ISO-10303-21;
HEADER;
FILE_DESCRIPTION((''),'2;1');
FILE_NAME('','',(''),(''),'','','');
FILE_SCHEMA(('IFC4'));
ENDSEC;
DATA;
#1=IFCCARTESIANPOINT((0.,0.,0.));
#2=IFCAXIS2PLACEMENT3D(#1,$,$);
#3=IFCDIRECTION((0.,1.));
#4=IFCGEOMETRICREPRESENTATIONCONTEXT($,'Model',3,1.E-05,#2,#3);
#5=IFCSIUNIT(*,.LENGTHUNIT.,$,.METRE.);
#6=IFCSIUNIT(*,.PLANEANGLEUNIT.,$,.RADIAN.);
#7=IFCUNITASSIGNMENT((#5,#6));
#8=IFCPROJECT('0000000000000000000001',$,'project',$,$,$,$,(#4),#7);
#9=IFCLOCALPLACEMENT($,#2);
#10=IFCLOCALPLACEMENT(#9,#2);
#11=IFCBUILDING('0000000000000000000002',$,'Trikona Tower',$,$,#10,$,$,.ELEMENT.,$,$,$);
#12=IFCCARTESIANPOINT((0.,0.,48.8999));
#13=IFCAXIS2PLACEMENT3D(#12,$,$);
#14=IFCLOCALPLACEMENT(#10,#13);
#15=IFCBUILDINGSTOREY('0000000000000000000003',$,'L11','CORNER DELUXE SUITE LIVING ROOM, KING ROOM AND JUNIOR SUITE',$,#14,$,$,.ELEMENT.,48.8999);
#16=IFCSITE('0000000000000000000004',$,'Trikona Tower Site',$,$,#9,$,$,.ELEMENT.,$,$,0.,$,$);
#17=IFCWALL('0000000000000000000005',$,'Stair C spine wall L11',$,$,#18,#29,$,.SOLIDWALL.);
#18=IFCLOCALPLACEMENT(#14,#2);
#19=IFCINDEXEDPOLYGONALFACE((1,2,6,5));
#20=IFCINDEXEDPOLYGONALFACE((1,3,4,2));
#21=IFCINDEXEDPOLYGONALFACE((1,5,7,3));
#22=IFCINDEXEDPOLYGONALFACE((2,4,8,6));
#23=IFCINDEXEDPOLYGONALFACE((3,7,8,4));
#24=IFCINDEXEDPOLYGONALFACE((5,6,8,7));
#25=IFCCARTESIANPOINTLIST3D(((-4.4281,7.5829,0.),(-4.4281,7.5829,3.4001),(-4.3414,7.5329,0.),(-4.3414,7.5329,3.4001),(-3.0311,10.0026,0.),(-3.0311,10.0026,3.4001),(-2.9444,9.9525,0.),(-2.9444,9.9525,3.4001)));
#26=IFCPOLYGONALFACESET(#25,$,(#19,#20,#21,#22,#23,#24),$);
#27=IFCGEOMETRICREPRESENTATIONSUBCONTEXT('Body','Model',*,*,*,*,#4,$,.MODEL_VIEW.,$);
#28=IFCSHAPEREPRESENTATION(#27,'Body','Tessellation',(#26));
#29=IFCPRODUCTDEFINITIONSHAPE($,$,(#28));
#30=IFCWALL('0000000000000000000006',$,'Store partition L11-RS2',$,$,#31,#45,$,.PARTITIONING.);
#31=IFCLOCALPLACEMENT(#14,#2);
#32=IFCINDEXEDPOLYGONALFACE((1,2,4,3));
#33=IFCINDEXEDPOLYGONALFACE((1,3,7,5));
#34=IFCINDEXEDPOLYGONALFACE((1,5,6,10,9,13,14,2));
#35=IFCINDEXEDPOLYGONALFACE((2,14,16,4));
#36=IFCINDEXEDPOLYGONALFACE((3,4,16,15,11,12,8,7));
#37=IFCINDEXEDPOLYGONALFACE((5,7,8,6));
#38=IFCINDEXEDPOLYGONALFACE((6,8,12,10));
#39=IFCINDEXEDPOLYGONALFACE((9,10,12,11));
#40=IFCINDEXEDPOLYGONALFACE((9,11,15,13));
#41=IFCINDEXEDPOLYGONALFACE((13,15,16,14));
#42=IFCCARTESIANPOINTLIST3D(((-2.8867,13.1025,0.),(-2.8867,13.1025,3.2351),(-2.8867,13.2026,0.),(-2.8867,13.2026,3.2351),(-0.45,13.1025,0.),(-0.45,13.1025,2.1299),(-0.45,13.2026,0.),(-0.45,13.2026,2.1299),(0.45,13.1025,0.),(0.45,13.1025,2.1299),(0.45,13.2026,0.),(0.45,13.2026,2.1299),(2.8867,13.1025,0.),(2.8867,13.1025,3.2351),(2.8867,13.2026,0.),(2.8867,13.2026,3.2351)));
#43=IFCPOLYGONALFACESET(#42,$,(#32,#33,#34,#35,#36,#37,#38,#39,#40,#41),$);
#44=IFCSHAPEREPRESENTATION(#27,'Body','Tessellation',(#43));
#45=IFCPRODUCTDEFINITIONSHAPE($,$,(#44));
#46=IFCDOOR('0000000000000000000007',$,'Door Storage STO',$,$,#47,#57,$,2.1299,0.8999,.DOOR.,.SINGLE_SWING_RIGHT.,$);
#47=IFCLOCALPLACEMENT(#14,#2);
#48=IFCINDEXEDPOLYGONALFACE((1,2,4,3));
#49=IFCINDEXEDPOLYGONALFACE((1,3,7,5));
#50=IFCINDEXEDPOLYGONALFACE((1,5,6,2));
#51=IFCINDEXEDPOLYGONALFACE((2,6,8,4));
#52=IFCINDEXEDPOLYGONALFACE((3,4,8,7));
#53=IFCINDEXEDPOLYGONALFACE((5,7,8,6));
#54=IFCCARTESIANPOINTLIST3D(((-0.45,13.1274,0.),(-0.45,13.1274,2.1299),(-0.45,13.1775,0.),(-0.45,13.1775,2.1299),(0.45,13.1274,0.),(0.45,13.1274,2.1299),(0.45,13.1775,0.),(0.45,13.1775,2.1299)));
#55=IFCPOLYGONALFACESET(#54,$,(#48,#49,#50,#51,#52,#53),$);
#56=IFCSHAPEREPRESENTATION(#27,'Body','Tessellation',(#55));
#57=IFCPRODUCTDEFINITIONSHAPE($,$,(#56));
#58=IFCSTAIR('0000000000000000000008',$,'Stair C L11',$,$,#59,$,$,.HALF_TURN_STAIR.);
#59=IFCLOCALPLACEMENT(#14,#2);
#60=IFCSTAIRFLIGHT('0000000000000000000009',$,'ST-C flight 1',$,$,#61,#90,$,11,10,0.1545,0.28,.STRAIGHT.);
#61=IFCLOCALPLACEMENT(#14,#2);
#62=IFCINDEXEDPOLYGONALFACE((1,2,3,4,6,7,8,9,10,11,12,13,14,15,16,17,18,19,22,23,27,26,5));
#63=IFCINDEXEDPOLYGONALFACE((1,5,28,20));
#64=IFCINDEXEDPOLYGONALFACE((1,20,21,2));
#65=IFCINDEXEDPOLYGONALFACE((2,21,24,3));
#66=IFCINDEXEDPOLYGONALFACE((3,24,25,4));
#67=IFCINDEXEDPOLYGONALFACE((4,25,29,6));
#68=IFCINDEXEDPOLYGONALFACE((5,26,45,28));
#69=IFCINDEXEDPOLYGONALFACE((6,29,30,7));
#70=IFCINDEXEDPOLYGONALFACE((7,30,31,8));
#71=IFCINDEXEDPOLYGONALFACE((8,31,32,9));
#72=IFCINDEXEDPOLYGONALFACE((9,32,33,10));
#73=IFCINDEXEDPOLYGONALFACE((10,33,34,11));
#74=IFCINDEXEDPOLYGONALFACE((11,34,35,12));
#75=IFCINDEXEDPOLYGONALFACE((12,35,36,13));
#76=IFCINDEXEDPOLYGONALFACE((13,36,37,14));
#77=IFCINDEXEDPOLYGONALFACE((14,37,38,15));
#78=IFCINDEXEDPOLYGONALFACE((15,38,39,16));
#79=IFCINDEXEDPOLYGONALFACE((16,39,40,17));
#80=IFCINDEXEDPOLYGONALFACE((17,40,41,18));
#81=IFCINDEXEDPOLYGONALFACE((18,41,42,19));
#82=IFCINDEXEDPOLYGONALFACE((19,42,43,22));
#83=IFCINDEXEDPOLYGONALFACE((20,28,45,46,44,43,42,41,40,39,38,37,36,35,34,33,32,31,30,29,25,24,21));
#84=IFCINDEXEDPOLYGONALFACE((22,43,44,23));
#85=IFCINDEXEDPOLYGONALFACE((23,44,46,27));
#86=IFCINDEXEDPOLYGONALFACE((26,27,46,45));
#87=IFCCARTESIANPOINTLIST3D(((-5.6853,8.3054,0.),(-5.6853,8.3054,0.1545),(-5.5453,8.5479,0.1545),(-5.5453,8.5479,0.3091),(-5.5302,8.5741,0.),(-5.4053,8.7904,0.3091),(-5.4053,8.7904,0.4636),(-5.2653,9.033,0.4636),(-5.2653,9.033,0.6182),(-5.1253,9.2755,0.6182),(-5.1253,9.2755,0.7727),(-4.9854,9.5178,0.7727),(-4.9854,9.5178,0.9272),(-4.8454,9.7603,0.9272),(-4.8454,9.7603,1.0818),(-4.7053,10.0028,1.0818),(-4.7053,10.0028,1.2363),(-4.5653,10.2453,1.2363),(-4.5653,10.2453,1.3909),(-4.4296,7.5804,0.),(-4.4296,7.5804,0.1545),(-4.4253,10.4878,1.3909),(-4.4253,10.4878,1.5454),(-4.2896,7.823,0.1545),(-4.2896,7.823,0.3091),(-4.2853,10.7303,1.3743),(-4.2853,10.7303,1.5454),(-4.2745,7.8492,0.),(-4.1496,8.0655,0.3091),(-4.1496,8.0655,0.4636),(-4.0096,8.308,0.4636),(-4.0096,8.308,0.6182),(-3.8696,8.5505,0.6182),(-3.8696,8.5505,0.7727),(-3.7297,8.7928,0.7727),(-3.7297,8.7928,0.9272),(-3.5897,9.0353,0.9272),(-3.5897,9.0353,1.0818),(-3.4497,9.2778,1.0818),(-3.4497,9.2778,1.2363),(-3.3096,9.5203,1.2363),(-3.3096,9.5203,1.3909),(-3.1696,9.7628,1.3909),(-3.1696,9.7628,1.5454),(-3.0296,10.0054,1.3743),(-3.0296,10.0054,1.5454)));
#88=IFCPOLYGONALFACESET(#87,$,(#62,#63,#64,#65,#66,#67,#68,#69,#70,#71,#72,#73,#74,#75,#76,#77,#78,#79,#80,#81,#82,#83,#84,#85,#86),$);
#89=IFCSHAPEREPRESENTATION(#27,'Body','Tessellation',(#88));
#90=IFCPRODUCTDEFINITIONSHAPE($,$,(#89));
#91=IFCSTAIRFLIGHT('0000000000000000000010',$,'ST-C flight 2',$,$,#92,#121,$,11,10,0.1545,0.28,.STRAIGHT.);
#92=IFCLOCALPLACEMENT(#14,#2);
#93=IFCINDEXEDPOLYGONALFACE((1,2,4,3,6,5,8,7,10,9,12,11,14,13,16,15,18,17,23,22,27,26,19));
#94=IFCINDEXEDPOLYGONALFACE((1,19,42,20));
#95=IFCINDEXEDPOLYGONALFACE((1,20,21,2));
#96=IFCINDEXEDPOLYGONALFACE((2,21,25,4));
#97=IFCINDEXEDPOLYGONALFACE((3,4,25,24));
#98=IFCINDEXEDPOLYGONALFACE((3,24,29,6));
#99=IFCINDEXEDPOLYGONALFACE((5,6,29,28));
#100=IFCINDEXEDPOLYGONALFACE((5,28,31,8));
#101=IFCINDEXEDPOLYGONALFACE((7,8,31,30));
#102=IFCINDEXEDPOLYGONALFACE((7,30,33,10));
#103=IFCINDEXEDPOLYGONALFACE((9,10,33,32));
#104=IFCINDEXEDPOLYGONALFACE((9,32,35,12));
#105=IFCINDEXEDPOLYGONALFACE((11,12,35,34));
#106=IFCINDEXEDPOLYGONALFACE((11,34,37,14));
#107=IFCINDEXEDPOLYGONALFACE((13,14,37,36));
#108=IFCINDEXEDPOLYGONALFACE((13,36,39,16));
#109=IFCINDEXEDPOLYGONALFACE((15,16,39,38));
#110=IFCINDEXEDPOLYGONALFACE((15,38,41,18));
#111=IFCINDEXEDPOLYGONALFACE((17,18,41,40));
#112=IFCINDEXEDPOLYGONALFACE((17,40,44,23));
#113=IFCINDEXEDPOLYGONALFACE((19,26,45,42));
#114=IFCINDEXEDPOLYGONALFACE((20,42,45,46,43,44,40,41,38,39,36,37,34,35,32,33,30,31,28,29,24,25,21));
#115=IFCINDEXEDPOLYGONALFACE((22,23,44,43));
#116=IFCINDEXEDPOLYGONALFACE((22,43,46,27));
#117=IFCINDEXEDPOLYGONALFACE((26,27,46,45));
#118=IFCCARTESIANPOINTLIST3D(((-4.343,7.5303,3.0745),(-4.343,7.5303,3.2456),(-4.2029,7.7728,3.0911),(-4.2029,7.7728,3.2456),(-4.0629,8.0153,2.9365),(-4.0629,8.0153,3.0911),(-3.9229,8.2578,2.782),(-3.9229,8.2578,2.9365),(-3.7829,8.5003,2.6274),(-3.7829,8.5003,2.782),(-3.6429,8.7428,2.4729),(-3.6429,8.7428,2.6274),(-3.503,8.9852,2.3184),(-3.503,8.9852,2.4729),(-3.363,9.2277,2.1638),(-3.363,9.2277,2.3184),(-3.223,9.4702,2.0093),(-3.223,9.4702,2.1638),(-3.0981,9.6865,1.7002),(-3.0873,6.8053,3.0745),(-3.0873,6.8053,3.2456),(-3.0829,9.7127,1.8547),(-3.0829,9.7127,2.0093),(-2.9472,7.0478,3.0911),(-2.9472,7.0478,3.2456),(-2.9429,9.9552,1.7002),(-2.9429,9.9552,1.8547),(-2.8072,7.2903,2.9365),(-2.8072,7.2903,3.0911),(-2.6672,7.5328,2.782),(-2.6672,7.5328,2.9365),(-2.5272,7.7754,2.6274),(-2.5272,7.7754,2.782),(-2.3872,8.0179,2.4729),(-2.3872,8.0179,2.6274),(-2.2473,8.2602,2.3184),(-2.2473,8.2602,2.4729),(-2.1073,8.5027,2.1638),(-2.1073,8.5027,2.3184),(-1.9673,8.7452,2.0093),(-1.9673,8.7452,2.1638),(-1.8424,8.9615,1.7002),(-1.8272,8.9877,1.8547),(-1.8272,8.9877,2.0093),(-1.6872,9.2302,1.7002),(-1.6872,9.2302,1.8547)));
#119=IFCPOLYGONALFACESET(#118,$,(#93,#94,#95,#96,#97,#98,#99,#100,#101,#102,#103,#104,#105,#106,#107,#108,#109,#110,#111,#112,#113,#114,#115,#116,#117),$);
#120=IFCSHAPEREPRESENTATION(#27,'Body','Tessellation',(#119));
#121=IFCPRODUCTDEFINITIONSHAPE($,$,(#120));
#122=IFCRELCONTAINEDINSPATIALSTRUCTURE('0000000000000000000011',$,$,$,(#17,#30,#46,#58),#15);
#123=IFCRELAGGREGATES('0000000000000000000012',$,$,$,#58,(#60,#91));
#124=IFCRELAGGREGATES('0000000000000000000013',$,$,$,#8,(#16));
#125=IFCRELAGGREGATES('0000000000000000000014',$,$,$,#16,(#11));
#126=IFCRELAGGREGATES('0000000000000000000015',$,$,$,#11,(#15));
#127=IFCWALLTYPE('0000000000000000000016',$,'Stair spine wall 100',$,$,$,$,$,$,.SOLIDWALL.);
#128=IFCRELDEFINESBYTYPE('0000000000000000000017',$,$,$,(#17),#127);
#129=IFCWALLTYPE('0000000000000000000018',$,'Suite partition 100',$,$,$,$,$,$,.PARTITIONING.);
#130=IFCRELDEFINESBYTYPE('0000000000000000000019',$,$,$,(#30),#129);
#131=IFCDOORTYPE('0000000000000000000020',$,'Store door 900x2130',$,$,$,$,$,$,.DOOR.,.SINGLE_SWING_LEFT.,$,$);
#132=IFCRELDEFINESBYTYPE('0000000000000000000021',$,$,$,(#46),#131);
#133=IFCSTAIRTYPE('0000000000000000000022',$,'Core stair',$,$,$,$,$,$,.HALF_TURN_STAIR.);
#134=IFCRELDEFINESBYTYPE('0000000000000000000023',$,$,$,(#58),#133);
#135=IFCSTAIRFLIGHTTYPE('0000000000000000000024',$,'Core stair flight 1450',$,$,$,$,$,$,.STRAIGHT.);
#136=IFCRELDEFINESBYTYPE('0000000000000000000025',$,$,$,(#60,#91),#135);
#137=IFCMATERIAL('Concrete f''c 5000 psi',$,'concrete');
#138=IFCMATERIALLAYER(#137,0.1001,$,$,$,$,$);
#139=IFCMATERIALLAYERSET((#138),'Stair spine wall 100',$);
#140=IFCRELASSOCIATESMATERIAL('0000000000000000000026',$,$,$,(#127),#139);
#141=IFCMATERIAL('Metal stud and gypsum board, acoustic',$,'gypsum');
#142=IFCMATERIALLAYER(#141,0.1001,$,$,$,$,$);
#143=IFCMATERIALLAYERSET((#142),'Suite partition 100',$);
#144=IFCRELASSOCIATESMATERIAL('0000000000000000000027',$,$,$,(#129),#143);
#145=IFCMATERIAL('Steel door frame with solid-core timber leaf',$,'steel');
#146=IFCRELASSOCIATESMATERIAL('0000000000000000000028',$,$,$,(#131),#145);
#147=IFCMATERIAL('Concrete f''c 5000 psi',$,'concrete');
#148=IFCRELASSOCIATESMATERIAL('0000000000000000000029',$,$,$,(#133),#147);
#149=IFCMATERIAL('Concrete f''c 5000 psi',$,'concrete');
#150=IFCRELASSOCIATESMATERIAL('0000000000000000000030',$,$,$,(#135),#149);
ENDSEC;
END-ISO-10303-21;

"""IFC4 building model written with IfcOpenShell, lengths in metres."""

from ifc_helpers import new_model, si_unit, direction, frame, frame_2d, origin, place, context, subcontext, project, spatial, polyline, rectangle, outline, extrude, material, layer, layer_set, type_object, element, fill, aggregate, save


model = new_model("IFC4")

# Units and contexts
model_context = context("Model", 3, precision=1e-05, world=origin(), true_north=direction((0.0, 1.0)))
body_context = subcontext(model_context, "Body", "Model", "MODEL_VIEW")
ifc_project = project(units=[si_unit("LENGTHUNIT", "METRE"), si_unit("PLANEANGLEUNIT", "RADIAN")], contexts=[model_context])

# Site, building, storey
site_placement = place(None, origin())
site = spatial("IfcSite", under=ifc_project, at=site_placement, Name="Trikona Tower Site", CompositionType="ELEMENT", RefElevation=0.0)
building_placement = place(site_placement, origin())
building = spatial("IfcBuilding", under=site, at=building_placement, Name="Trikona Tower", CompositionType="ELEMENT")
storey_placement = place(building_placement, frame((0.0, 0.0, 48.8999)))
storey = spatial("IfcBuildingStorey", under=building, at=storey_placement, Name="L11", Description="CORNER DELUXE SUITE LIVING ROOM, KING ROOM AND JUNIOR SUITE", CompositionType="ELEMENT", Elevation=48.8999)

# Wall
ifc_material_1 = material(Name="Concrete f'c 5000 psi", Category="concrete")
ifc_layer_1 = layer(ifc_material_1, 0.1001)
ifc_layer_set_1 = layer_set([ifc_layer_1], Name="Stair spine wall 100")
wall_type_1 = type_object("IfcWallType", Name="Stair spine wall 100", PredefinedType="SOLIDWALL", material=ifc_layer_set_1)
wall_1_placement = place(storey_placement, frame((-2.9878, 9.9775, 0.0), z_axis=(0.0, 0.0, 1.0), x_axis=(-0.499992, -0.86603, 0.0)))
element("IfcWall", 1, at=wall_1_placement, inside=storey, type_object=wall_type_1, Name="Stair C spine wall L11", PredefinedType="SOLIDWALL", context=body_context, shape_type="SweptSolid", body=[
    extrude(rectangle(XDim=2.7939, YDim=0.1001, at=frame_2d((1.397, 0.0))), origin(), (0.0, 0.0, 1.0), 3.4001),
])

# Wall, opening, door
ifc_material_2 = material(Name="Metal stud and gypsum board, acoustic", Category="gypsum")
ifc_layer_2 = layer(ifc_material_2, 0.1001)
ifc_layer_set_2 = layer_set([ifc_layer_2], Name="Suite partition 100")
wall_type_2 = type_object("IfcWallType", Name="Suite partition 100", PredefinedType="PARTITIONING", material=ifc_layer_set_2)
wall_2_placement = place(storey_placement, frame((-2.8867, 13.1526, 0.0), z_axis=(0.0, 0.0, 1.0), x_axis=(1.0, 0.0, 0.0)))
wall_2 = element("IfcWall", 2, at=wall_2_placement, inside=storey, type_object=wall_type_2, Name="Store partition L11-RS2", PredefinedType="PARTITIONING", context=body_context, shape_type="SweptSolid", body=[
    extrude(rectangle(XDim=5.7734, YDim=0.1001, at=frame_2d((2.8867, 0.0))), origin(), (0.0, 0.0, 1.0), 3.2351),
])
opening_1_placement = place(wall_2_placement, frame((2.4368, 0.0, 0.0)))
opening_1 = element("IfcOpeningElement", 3, at=opening_1_placement, cuts=wall_2, PredefinedType="OPENING", context=body_context, shape_type="SweptSolid", body=[
    extrude(rectangle(XDim=0.8999, YDim=2.1299, at=frame_2d((0.45, 1.0649))), frame((0.0, 0.0601, 0.0), z_axis=(0.0, -1.0, 0.0), x_axis=(1.0, 0.0, 0.0)), (0.0, 0.0, 1.0), 0.1201),
])
ifc_material_3 = material(Name="Steel door frame with solid-core timber leaf", Category="steel")
door_type_1 = type_object("IfcDoorType", Name="Store door 900x2130", OperationType="SINGLE_SWING_LEFT", PredefinedType="DOOR", material=ifc_material_3)
door_1_placement = place(opening_1_placement, origin())
door_1 = element("IfcDoor", 4, at=door_1_placement, inside=storey, type_object=door_type_1, Name="Door Storage STO", OperationType="SINGLE_SWING_RIGHT", OverallHeight=2.1299, OverallWidth=0.8999, PredefinedType="DOOR", context=body_context, shape_type="SweptSolid", body=[
    extrude(rectangle(XDim=0.8999, YDim=2.1299, at=frame_2d((0.45, 1.0649))), frame((0.0, 0.0249, 0.0), z_axis=(0.0, -1.0, 0.0), x_axis=(1.0, 0.0, 0.0)), (0.0, 0.0, 1.0), 0.05),
])
fill(opening_1, door_1)

# Stair, stair flights
ifc_material_4 = material(Name="Concrete f'c 5000 psi", Category="concrete")
stair_type = type_object("IfcStairType", Name="Core stair", PredefinedType="HALF_TURN_STAIR", material=ifc_material_4)
stair_placement = place(storey_placement, origin())
stair = element("IfcStair", 5, at=stair_placement, inside=storey, type_object=stair_type, Name="Stair C L11", PredefinedType="HALF_TURN_STAIR")
ifc_material_5 = material(Name="Concrete f'c 5000 psi", Category="concrete")
stair_flight_type = type_object("IfcStairFlightType", Name="Core stair flight 1450", PredefinedType="STRAIGHT", material=ifc_material_5)
stair_flight_1_placement = place(storey_placement, frame((-5.0574, 7.9429, 0.0), z_axis=(0.0, 0.0, 1.0), x_axis=(0.5, 0.866025, 0.0)))
stair_flight_1 = element("IfcStairFlight", 6, at=stair_flight_1_placement, type_object=stair_flight_type, Name="ST-C flight 1", NumberOfRisers=11, NumberOfTreads=10, PredefinedType="STRAIGHT", RiserHeight=0.1545, TreadLength=0.28, context=body_context, shape_type="SweptSolid", body=[
    extrude(outline(polyline([(0.0, 0.0), (0.0, 0.1545), (0.28, 0.1545), (0.28, 0.3091), (0.5601, 0.3091), (0.5601, 0.4636), (0.8401, 0.4636), (0.8401, 0.6182), (1.1201, 0.6182), (1.1201, 0.7727), (1.3999, 0.7727), (1.3999, 0.9272), (1.6799, 0.9272), (1.6799, 1.0818), (1.96, 1.0818), (1.96, 1.2363), (2.24, 1.2363), (2.24, 1.3909), (2.52, 1.3909), (2.52, 1.5454), (2.8, 1.5454), (2.8, 1.7), (2.8, 1.3743), (0.3103, 0.0), (0.0, 0.0)])), frame((0.0, 0.7251, 0.0), z_axis=(0.0, -1.0, 0.0), x_axis=(1.0, 0.0, 0.0)), (0.0, 0.0, 1.0), 1.45),
])
stair_flight_2_placement = place(storey_placement, frame((-2.3152, 9.5928, 1.7002), z_axis=(0.0, 0.0, 1.0), x_axis=(-0.5, -0.866025, 0.0)))
stair_flight_2 = element("IfcStairFlight", 7, at=stair_flight_2_placement, type_object=stair_flight_type, Name="ST-C flight 2", NumberOfRisers=11, NumberOfTreads=10, PredefinedType="STRAIGHT", RiserHeight=0.1545, TreadLength=0.28, context=body_context, shape_type="SweptSolid", body=[
    extrude(outline(polyline([(0.0, 0.0), (0.0, 0.1545), (0.28, 0.1545), (0.28, 0.3091), (0.5601, 0.3091), (0.5601, 0.4636), (0.8401, 0.4636), (0.8401, 0.6182), (1.1201, 0.6182), (1.1201, 0.7727), (1.3999, 0.7727), (1.3999, 0.9272), (1.6799, 0.9272), (1.6799, 1.0818), (1.96, 1.0818), (1.96, 1.2363), (2.24, 1.2363), (2.24, 1.3909), (2.52, 1.3909), (2.52, 1.5454), (2.8, 1.5454), (2.8, 1.7), (2.8, 1.3743), (0.3103, 0.0), (0.0, 0.0)])), frame((0.0, 0.7251, 0.0), z_axis=(0.0, -1.0, 0.0), x_axis=(1.0, 0.0, 0.0)), (0.0, 0.0, 1.0), 1.45),
])
aggregate(stair, [stair_flight_1, stair_flight_2])

save(model, "model.ifc")
